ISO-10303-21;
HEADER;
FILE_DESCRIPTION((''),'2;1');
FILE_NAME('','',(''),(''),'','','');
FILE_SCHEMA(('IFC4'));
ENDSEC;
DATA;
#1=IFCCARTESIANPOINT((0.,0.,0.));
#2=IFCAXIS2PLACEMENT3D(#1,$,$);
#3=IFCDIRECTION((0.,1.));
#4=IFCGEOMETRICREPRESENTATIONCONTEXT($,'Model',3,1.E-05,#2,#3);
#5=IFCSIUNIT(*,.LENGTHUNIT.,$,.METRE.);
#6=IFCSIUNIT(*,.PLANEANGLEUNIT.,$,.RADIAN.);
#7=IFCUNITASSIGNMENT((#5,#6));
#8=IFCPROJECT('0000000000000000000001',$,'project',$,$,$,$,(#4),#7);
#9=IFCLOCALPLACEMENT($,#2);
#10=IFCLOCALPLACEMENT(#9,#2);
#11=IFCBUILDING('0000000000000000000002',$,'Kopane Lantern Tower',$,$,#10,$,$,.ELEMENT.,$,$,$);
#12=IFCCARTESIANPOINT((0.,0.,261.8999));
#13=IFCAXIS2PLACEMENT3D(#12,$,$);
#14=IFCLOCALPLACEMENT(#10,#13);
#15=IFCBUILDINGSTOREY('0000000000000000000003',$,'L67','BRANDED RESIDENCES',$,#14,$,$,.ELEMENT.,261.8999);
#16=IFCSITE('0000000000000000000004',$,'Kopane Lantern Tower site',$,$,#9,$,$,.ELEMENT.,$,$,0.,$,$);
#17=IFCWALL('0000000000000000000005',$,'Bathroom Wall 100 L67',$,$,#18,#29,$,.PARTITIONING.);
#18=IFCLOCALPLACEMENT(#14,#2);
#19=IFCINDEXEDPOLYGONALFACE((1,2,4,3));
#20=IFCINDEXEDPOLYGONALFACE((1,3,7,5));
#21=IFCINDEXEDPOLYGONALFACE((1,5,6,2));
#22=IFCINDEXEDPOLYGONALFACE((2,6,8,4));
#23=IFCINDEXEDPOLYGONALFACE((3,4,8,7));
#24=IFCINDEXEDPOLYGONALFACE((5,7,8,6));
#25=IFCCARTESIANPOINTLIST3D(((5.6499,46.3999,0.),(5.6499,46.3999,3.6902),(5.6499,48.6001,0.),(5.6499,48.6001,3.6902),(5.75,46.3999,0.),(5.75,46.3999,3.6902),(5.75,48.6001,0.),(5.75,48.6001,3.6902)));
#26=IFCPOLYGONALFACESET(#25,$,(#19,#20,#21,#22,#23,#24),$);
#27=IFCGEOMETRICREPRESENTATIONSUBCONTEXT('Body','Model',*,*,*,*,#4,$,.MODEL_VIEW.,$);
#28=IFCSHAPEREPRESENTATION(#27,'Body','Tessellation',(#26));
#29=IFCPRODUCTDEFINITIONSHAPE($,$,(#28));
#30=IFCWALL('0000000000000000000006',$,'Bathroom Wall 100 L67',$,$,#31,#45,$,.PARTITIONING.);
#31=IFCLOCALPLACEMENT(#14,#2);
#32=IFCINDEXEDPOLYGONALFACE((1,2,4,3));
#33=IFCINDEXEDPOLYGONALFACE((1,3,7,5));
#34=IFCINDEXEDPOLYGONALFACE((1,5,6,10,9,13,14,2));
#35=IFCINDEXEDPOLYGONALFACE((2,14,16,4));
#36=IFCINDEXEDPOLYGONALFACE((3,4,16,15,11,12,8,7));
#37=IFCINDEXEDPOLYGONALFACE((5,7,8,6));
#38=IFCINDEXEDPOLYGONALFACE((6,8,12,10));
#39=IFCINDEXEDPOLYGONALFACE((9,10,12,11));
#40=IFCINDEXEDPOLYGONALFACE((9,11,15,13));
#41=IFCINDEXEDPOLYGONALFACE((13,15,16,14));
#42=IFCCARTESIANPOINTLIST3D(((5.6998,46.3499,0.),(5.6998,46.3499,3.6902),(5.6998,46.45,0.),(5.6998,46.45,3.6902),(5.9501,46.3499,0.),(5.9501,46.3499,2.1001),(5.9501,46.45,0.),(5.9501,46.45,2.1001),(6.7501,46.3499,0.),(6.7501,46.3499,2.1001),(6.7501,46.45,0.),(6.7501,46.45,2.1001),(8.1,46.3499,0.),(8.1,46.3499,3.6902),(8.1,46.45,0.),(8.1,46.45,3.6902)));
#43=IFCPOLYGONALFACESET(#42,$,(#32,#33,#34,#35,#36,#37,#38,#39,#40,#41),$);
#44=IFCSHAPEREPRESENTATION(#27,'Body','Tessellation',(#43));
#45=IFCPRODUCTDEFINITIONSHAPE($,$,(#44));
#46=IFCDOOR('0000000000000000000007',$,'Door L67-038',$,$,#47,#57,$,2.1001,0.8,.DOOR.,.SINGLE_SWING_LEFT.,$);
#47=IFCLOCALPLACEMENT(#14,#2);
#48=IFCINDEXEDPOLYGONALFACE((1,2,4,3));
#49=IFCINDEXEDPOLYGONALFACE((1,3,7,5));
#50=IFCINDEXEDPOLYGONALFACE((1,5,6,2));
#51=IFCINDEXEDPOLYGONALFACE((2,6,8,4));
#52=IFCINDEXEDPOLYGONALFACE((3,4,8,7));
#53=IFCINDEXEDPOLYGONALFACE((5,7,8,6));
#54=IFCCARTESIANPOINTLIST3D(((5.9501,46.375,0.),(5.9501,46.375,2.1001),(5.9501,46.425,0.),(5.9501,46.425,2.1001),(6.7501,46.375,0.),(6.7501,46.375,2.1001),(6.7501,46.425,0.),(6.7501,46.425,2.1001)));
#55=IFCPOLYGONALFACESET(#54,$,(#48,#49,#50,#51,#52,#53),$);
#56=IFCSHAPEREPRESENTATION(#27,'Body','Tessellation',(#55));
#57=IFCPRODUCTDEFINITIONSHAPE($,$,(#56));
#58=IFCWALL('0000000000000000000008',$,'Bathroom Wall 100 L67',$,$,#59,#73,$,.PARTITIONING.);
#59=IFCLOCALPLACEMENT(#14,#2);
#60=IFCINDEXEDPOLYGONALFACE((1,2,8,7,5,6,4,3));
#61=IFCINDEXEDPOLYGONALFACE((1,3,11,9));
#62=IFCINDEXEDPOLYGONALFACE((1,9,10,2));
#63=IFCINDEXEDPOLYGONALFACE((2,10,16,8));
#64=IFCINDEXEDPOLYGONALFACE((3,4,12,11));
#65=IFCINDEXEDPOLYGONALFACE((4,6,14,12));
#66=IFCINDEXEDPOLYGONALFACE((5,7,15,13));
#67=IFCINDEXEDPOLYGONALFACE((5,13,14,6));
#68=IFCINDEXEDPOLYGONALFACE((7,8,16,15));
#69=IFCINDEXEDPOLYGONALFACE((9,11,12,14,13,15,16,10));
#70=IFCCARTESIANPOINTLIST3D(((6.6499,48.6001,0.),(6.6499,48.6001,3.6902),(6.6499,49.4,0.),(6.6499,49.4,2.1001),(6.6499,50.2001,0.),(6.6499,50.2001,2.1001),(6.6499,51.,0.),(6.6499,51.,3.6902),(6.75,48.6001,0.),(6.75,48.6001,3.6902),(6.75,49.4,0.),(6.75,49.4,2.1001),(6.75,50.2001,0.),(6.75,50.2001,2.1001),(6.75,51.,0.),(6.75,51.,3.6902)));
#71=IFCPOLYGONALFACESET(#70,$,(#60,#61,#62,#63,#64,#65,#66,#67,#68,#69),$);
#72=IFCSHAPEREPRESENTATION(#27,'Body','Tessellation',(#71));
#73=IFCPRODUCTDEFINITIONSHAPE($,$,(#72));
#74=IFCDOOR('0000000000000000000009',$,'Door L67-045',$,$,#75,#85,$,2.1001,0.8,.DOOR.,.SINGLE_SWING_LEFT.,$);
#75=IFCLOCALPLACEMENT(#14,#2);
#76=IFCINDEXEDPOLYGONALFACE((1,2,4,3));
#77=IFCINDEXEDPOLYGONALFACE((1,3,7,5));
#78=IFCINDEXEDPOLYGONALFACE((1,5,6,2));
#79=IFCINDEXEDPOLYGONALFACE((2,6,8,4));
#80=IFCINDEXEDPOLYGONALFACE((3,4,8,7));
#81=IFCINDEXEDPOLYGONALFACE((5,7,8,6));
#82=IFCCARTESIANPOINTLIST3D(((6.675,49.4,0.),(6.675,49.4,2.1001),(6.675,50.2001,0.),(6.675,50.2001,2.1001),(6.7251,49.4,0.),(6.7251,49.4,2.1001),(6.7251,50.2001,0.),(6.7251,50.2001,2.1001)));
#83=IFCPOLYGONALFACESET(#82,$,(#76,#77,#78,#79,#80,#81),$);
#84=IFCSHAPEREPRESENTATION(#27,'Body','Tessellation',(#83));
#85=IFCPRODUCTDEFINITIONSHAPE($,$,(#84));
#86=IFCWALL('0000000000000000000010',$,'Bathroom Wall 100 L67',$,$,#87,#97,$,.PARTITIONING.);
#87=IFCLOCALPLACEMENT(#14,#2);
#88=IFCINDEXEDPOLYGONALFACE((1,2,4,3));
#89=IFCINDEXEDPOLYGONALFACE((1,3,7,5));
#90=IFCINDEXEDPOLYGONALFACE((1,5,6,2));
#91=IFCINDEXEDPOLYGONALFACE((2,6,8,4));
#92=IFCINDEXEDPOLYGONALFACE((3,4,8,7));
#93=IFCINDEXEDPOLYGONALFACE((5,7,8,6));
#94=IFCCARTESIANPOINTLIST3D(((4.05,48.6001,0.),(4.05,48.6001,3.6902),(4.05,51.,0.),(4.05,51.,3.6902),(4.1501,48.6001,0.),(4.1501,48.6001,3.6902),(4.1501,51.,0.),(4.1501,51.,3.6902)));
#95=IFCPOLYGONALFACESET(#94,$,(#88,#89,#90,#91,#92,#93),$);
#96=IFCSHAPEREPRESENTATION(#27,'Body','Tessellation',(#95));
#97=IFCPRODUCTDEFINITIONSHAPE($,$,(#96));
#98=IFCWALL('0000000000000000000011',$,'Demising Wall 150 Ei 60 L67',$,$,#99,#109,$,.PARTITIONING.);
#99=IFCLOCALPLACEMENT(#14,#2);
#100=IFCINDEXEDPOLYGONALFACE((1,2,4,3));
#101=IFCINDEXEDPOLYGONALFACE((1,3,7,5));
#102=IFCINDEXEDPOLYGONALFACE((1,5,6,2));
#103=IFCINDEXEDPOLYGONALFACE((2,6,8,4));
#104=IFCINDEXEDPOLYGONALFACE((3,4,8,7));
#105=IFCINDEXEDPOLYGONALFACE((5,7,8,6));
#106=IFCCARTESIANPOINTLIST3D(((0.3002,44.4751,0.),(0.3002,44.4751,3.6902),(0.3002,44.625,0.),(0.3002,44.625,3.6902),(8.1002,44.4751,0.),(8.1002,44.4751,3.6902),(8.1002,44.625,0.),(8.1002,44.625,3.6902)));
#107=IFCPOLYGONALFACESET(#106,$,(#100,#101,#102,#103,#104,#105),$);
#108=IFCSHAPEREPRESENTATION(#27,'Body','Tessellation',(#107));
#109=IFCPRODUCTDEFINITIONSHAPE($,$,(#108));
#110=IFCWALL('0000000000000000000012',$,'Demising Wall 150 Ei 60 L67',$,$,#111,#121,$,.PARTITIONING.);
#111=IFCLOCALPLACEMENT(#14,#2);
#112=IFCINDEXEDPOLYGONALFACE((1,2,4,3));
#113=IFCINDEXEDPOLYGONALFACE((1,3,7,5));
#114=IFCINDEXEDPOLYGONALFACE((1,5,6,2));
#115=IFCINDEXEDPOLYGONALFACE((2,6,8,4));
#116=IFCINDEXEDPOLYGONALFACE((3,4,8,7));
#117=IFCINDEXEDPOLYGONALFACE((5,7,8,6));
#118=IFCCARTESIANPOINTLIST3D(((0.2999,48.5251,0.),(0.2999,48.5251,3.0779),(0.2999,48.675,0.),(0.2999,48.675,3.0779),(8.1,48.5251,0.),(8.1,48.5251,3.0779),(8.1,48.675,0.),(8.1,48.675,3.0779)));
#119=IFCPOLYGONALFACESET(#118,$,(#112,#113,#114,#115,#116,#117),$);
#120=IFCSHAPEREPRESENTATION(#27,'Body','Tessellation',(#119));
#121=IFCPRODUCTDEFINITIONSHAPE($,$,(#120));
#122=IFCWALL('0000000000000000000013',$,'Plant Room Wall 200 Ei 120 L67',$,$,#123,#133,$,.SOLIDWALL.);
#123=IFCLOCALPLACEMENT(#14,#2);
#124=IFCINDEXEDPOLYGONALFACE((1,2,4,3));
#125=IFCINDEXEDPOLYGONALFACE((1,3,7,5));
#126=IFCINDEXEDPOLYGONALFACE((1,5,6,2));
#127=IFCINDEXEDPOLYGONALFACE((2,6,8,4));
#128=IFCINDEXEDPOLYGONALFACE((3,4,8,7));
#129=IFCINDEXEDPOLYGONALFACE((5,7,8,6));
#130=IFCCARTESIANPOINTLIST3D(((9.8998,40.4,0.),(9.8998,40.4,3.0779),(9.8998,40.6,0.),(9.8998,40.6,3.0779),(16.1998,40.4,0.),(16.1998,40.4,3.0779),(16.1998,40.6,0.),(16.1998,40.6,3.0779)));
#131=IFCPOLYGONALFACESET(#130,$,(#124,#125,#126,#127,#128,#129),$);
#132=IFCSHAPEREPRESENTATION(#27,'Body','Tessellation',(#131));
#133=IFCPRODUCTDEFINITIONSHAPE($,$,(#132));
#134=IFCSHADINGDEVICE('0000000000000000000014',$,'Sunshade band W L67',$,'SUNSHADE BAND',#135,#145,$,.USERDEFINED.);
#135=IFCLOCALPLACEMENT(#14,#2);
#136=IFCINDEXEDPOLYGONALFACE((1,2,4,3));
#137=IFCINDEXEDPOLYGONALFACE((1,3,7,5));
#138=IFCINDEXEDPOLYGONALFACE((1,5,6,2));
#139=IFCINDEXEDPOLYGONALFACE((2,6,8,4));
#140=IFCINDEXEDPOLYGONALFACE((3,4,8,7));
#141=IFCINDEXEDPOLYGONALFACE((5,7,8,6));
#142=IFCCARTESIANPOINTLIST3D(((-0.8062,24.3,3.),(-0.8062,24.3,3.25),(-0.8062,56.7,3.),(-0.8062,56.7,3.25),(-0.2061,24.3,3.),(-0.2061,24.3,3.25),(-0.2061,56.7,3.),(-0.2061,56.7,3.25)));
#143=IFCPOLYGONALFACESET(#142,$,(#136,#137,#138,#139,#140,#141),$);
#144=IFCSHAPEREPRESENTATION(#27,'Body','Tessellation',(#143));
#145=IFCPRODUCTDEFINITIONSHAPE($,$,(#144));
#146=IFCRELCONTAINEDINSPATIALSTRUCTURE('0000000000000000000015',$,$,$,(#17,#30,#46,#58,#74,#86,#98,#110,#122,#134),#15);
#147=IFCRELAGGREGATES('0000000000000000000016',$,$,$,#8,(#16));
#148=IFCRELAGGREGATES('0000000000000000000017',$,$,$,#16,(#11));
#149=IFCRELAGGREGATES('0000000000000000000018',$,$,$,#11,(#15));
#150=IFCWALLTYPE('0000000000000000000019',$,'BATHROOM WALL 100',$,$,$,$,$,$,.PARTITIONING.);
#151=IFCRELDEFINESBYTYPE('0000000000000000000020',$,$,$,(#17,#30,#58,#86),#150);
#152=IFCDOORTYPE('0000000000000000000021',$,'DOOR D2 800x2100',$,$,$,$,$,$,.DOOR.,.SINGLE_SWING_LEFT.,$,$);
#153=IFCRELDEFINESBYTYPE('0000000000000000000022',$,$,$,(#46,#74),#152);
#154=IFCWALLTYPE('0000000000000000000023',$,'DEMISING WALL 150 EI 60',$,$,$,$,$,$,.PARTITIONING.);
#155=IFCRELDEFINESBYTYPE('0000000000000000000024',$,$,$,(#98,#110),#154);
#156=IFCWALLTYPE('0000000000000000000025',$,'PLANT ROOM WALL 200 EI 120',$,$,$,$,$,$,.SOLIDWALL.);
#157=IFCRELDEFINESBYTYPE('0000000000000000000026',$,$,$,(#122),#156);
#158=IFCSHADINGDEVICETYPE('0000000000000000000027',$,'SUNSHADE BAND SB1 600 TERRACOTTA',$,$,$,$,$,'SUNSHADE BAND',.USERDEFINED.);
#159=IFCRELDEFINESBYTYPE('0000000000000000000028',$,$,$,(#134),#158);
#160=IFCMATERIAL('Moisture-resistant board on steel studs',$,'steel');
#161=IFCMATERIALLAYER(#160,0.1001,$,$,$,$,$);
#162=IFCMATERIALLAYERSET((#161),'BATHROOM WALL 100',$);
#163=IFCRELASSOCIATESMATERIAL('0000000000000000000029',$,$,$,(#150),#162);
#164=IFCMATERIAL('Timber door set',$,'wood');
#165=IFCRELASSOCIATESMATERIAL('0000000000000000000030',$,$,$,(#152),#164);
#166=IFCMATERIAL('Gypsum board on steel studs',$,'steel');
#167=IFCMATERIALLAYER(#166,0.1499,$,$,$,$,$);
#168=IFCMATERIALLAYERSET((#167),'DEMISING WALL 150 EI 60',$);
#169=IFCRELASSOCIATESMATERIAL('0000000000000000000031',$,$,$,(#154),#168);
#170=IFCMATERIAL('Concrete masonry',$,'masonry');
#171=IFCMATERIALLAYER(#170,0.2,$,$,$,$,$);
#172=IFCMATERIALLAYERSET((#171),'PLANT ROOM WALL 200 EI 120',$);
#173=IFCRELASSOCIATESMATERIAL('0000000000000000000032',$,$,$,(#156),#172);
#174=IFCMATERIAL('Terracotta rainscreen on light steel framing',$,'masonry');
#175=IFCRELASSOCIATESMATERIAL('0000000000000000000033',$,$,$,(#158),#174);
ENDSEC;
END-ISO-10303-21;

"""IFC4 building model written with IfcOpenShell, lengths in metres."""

from ifc_helpers import new_model, si_unit, direction, frame, frame_2d, origin, origin_2d, place, context, subcontext, project, spatial, rectangle, extrude, material, layer, layer_set, type_object, element, fill, save


model = new_model("IFC4")

# Units and contexts
model_context = context("Model", 3, precision=1e-05, world=origin(), true_north=direction((0.0, 1.0)))
body_context = subcontext(model_context, "Body", "Model", "MODEL_VIEW")
ifc_project = project(units=[si_unit("LENGTHUNIT", "METRE"), si_unit("PLANEANGLEUNIT", "RADIAN")], contexts=[model_context])

# Site, building, storey
site_placement = place(None, origin())
site = spatial("IfcSite", under=ifc_project, at=site_placement, Name="Kopane Lantern Tower site", CompositionType="ELEMENT", RefElevation=0.0)
building_placement = place(site_placement, origin())
building = spatial("IfcBuilding", under=site, at=building_placement, Name="Kopane Lantern Tower", CompositionType="ELEMENT")
storey_placement = place(building_placement, frame((0.0, 0.0, 261.8999)))
storey = spatial("IfcBuildingStorey", under=building, at=storey_placement, Name="L67", Description="BRANDED RESIDENCES", CompositionType="ELEMENT", Elevation=261.8999)

# Shared definitions
ifc_material_1 = material(Name="Moisture-resistant board on steel studs", Category="steel")
ifc_layer_1 = layer(ifc_material_1, 0.1001)
ifc_layer_set_1 = layer_set([ifc_layer_1], Name="BATHROOM WALL 100")
wall_type_1 = type_object("IfcWallType", Name="BATHROOM WALL 100", PredefinedType="PARTITIONING", material=ifc_layer_set_1)
ifc_material_2 = material(Name="Timber door set", Category="wood")
door_type = type_object("IfcDoorType", Name="DOOR D2 800x2100", OperationType="SINGLE_SWING_LEFT", PredefinedType="DOOR", material=ifc_material_2)

# Wall
wall_1_placement = place(storey_placement, frame((5.7, 46.3999, 0.0), z_axis=(0.0, 0.0, 1.0), x_axis=(0.0, 1.0, 0.0)))
element("IfcWall", 1, at=wall_1_placement, inside=storey, type_object=wall_type_1, Name="Bathroom Wall 100 L67", PredefinedType="PARTITIONING", context=body_context, shape_type="SweptSolid", body=[
    extrude(rectangle(XDim=2.2002, YDim=0.1001, at=frame_2d((1.1001, 0.0))), origin(), (0.0, 0.0, 1.0), 3.6902),
])

# Walls, openings, doors
wall_2_placement = place(storey_placement, frame((8.1001, 46.3999, 0.0), z_axis=(0.0, 0.0, 1.0), x_axis=(-1.0, 0.0, 0.0)))
wall_2 = element("IfcWall", 2, at=wall_2_placement, inside=storey, type_object=wall_type_1, Name="Bathroom Wall 100 L67", PredefinedType="PARTITIONING", context=body_context, shape_type="SweptSolid", body=[
    extrude(rectangle(XDim=2.4001, YDim=0.1001, at=frame_2d((1.2002, 0.0))), origin(), (0.0, 0.0, 1.0), 3.6902),
])
opening_1_placement = place(wall_2_placement, frame((1.3501, 0.0, 0.0)))
opening_1 = element("IfcOpeningElement", 3, at=opening_1_placement, cuts=wall_2, PredefinedType="OPENING", context=body_context, shape_type="SweptSolid", body=[
    extrude(rectangle(XDim=0.8, YDim=2.1001, at=frame_2d((0.3999, 1.05))), frame((0.0, 0.0601, 0.0), z_axis=(0.0, -1.0, 0.0), x_axis=(1.0, 0.0, 0.0)), (0.0, 0.0, 1.0), 0.1201),
])
door_1_placement = place(opening_1_placement, origin())
door_1 = element("IfcDoor", 4, at=door_1_placement, inside=storey, type_object=door_type, Name="Door L67-038", OperationType="SINGLE_SWING_LEFT", OverallHeight=2.1001, OverallWidth=0.8, PredefinedType="DOOR", context=body_context, shape_type="SweptSolid", body=[
    extrude(rectangle(XDim=0.8, YDim=2.1001, at=frame_2d((0.3999, 1.05))), frame((0.0, 0.0249, 0.0), z_axis=(0.0, -1.0, 0.0), x_axis=(1.0, 0.0, 0.0)), (0.0, 0.0, 1.0), 0.05),
])
fill(opening_1, door_1)
wall_3_placement = place(storey_placement, frame((6.7, 48.6001, 0.0), z_axis=(0.0, 0.0, 1.0), x_axis=(0.0, 1.0, 0.0)))
wall_3 = element("IfcWall", 5, at=wall_3_placement, inside=storey, type_object=wall_type_1, Name="Bathroom Wall 100 L67", PredefinedType="PARTITIONING", context=body_context, shape_type="SweptSolid", body=[
    extrude(rectangle(XDim=2.3999, YDim=0.1001, at=frame_2d((1.2, 0.0))), origin(), (0.0, 0.0, 1.0), 3.6902),
])
opening_2_placement = place(wall_3_placement, frame((0.8, 0.0, 0.0)))
opening_2 = element("IfcOpeningElement", 6, at=opening_2_placement, cuts=wall_3, PredefinedType="OPENING", context=body_context, shape_type="SweptSolid", body=[
    extrude(rectangle(XDim=0.8, YDim=2.1001, at=frame_2d((0.3999, 1.05))), frame((0.0, 0.0601, 0.0), z_axis=(0.0, -1.0, 0.0), x_axis=(1.0, 0.0, 0.0)), (0.0, 0.0, 1.0), 0.1201),
])
door_2_placement = place(opening_2_placement, origin())
door_2 = element("IfcDoor", 7, at=door_2_placement, inside=storey, type_object=door_type, Name="Door L67-045", OperationType="SINGLE_SWING_LEFT", OverallHeight=2.1001, OverallWidth=0.8, PredefinedType="DOOR", context=body_context, shape_type="SweptSolid", body=[
    extrude(rectangle(XDim=0.8, YDim=2.1001, at=frame_2d((0.3999, 1.05))), frame((0.0, 0.0249, 0.0), z_axis=(0.0, -1.0, 0.0), x_axis=(1.0, 0.0, 0.0)), (0.0, 0.0, 1.0), 0.05),
])
fill(opening_2, door_2)

# Walls
wall_4_placement = place(storey_placement, frame((4.1001, 48.6001, 0.0), z_axis=(0.0, 0.0, 1.0), x_axis=(0.0, 1.0, 0.0)))
element("IfcWall", 8, at=wall_4_placement, inside=storey, type_object=wall_type_1, Name="Bathroom Wall 100 L67", PredefinedType="PARTITIONING", context=body_context, shape_type="SweptSolid", body=[
    extrude(rectangle(XDim=2.3999, YDim=0.1001, at=frame_2d((1.2, 0.0))), origin(), (0.0, 0.0, 1.0), 3.6902),
])
ifc_material_3 = material(Name="Gypsum board on steel studs", Category="steel")
ifc_layer_2 = layer(ifc_material_3, 0.1499)
ifc_layer_set_2 = layer_set([ifc_layer_2], Name="DEMISING WALL 150 EI 60")
wall_type_2 = type_object("IfcWallType", Name="DEMISING WALL 150 EI 60", PredefinedType="PARTITIONING", material=ifc_layer_set_2)
wall_5_placement = place(storey_placement, frame((8.1001, 44.55, 0.0), z_axis=(0.0, 0.0, 1.0), x_axis=(-1.0, 0.0, 0.0)))
element("IfcWall", 9, at=wall_5_placement, inside=storey, type_object=wall_type_2, Name="Demising Wall 150 Ei 60 L67", PredefinedType="PARTITIONING", context=body_context, shape_type="SweptSolid", body=[
    extrude(rectangle(XDim=7.8, YDim=0.1499, at=frame_2d((3.8999, 0.0))), origin(), (0.0, 0.0, 1.0), 3.6902),
])
wall_6_placement = place(storey_placement, frame((0.3, 48.6001, 0.0), z_axis=(0.0, 0.0, 1.0), x_axis=(1.0, 0.0, 0.0)))
element("IfcWall", 10, at=wall_6_placement, inside=storey, type_object=wall_type_2, Name="Demising Wall 150 Ei 60 L67", PredefinedType="PARTITIONING", context=body_context, shape_type="SweptSolid", body=[
    extrude(rectangle(XDim=7.8, YDim=0.1499, at=frame_2d((3.8999, 0.0))), origin(), (0.0, 0.0, 1.0), 3.0779),
])
ifc_material_4 = material(Name="Concrete masonry", Category="masonry")
ifc_layer_3 = layer(ifc_material_4, 0.2)
ifc_layer_set_3 = layer_set([ifc_layer_3], Name="PLANT ROOM WALL 200 EI 120")
wall_type_3 = type_object("IfcWallType", Name="PLANT ROOM WALL 200 EI 120", PredefinedType="SOLIDWALL", material=ifc_layer_set_3)
wall_7_placement = place(storey_placement, frame((9.8999, 40.5, 0.0), z_axis=(0.0, 0.0, 1.0), x_axis=(1.0, 0.0, 0.0)))
element("IfcWall", 11, at=wall_7_placement, inside=storey, type_object=wall_type_3, Name="Plant Room Wall 200 Ei 120 L67", PredefinedType="SOLIDWALL", context=body_context, shape_type="SweptSolid", body=[
    extrude(rectangle(XDim=6.3, YDim=0.2, at=frame_2d((3.1499, 0.0))), origin(), (0.0, 0.0, 1.0), 3.0779),
])

# Shading device
ifc_material_5 = material(Name="Terracotta rainscreen on light steel framing", Category="masonry")
shading_device_type = type_object("IfcShadingDeviceType", Name="SUNSHADE BAND SB1 600 TERRACOTTA", ElementType="SUNSHADE BAND", PredefinedType="USERDEFINED", material=ifc_material_5)
shading_device_placement = place(storey_placement, frame((-0.5061, 40.5, 3.0), z_axis=(0.0, 0.0, 1.0), x_axis=(0.0, -1.0, 0.0)))
element("IfcShadingDevice", 12, at=shading_device_placement, inside=storey, type_object=shading_device_type, Name="Sunshade band W L67", ObjectType="SUNSHADE BAND", PredefinedType="USERDEFINED", context=body_context, shape_type="SweptSolid", body=[
    extrude(rectangle(XDim=32.3999, YDim=0.6001, at=origin_2d()), origin(), (0.0, 0.0, 1.0), 0.25),
])

save(model, "model.ifc")
